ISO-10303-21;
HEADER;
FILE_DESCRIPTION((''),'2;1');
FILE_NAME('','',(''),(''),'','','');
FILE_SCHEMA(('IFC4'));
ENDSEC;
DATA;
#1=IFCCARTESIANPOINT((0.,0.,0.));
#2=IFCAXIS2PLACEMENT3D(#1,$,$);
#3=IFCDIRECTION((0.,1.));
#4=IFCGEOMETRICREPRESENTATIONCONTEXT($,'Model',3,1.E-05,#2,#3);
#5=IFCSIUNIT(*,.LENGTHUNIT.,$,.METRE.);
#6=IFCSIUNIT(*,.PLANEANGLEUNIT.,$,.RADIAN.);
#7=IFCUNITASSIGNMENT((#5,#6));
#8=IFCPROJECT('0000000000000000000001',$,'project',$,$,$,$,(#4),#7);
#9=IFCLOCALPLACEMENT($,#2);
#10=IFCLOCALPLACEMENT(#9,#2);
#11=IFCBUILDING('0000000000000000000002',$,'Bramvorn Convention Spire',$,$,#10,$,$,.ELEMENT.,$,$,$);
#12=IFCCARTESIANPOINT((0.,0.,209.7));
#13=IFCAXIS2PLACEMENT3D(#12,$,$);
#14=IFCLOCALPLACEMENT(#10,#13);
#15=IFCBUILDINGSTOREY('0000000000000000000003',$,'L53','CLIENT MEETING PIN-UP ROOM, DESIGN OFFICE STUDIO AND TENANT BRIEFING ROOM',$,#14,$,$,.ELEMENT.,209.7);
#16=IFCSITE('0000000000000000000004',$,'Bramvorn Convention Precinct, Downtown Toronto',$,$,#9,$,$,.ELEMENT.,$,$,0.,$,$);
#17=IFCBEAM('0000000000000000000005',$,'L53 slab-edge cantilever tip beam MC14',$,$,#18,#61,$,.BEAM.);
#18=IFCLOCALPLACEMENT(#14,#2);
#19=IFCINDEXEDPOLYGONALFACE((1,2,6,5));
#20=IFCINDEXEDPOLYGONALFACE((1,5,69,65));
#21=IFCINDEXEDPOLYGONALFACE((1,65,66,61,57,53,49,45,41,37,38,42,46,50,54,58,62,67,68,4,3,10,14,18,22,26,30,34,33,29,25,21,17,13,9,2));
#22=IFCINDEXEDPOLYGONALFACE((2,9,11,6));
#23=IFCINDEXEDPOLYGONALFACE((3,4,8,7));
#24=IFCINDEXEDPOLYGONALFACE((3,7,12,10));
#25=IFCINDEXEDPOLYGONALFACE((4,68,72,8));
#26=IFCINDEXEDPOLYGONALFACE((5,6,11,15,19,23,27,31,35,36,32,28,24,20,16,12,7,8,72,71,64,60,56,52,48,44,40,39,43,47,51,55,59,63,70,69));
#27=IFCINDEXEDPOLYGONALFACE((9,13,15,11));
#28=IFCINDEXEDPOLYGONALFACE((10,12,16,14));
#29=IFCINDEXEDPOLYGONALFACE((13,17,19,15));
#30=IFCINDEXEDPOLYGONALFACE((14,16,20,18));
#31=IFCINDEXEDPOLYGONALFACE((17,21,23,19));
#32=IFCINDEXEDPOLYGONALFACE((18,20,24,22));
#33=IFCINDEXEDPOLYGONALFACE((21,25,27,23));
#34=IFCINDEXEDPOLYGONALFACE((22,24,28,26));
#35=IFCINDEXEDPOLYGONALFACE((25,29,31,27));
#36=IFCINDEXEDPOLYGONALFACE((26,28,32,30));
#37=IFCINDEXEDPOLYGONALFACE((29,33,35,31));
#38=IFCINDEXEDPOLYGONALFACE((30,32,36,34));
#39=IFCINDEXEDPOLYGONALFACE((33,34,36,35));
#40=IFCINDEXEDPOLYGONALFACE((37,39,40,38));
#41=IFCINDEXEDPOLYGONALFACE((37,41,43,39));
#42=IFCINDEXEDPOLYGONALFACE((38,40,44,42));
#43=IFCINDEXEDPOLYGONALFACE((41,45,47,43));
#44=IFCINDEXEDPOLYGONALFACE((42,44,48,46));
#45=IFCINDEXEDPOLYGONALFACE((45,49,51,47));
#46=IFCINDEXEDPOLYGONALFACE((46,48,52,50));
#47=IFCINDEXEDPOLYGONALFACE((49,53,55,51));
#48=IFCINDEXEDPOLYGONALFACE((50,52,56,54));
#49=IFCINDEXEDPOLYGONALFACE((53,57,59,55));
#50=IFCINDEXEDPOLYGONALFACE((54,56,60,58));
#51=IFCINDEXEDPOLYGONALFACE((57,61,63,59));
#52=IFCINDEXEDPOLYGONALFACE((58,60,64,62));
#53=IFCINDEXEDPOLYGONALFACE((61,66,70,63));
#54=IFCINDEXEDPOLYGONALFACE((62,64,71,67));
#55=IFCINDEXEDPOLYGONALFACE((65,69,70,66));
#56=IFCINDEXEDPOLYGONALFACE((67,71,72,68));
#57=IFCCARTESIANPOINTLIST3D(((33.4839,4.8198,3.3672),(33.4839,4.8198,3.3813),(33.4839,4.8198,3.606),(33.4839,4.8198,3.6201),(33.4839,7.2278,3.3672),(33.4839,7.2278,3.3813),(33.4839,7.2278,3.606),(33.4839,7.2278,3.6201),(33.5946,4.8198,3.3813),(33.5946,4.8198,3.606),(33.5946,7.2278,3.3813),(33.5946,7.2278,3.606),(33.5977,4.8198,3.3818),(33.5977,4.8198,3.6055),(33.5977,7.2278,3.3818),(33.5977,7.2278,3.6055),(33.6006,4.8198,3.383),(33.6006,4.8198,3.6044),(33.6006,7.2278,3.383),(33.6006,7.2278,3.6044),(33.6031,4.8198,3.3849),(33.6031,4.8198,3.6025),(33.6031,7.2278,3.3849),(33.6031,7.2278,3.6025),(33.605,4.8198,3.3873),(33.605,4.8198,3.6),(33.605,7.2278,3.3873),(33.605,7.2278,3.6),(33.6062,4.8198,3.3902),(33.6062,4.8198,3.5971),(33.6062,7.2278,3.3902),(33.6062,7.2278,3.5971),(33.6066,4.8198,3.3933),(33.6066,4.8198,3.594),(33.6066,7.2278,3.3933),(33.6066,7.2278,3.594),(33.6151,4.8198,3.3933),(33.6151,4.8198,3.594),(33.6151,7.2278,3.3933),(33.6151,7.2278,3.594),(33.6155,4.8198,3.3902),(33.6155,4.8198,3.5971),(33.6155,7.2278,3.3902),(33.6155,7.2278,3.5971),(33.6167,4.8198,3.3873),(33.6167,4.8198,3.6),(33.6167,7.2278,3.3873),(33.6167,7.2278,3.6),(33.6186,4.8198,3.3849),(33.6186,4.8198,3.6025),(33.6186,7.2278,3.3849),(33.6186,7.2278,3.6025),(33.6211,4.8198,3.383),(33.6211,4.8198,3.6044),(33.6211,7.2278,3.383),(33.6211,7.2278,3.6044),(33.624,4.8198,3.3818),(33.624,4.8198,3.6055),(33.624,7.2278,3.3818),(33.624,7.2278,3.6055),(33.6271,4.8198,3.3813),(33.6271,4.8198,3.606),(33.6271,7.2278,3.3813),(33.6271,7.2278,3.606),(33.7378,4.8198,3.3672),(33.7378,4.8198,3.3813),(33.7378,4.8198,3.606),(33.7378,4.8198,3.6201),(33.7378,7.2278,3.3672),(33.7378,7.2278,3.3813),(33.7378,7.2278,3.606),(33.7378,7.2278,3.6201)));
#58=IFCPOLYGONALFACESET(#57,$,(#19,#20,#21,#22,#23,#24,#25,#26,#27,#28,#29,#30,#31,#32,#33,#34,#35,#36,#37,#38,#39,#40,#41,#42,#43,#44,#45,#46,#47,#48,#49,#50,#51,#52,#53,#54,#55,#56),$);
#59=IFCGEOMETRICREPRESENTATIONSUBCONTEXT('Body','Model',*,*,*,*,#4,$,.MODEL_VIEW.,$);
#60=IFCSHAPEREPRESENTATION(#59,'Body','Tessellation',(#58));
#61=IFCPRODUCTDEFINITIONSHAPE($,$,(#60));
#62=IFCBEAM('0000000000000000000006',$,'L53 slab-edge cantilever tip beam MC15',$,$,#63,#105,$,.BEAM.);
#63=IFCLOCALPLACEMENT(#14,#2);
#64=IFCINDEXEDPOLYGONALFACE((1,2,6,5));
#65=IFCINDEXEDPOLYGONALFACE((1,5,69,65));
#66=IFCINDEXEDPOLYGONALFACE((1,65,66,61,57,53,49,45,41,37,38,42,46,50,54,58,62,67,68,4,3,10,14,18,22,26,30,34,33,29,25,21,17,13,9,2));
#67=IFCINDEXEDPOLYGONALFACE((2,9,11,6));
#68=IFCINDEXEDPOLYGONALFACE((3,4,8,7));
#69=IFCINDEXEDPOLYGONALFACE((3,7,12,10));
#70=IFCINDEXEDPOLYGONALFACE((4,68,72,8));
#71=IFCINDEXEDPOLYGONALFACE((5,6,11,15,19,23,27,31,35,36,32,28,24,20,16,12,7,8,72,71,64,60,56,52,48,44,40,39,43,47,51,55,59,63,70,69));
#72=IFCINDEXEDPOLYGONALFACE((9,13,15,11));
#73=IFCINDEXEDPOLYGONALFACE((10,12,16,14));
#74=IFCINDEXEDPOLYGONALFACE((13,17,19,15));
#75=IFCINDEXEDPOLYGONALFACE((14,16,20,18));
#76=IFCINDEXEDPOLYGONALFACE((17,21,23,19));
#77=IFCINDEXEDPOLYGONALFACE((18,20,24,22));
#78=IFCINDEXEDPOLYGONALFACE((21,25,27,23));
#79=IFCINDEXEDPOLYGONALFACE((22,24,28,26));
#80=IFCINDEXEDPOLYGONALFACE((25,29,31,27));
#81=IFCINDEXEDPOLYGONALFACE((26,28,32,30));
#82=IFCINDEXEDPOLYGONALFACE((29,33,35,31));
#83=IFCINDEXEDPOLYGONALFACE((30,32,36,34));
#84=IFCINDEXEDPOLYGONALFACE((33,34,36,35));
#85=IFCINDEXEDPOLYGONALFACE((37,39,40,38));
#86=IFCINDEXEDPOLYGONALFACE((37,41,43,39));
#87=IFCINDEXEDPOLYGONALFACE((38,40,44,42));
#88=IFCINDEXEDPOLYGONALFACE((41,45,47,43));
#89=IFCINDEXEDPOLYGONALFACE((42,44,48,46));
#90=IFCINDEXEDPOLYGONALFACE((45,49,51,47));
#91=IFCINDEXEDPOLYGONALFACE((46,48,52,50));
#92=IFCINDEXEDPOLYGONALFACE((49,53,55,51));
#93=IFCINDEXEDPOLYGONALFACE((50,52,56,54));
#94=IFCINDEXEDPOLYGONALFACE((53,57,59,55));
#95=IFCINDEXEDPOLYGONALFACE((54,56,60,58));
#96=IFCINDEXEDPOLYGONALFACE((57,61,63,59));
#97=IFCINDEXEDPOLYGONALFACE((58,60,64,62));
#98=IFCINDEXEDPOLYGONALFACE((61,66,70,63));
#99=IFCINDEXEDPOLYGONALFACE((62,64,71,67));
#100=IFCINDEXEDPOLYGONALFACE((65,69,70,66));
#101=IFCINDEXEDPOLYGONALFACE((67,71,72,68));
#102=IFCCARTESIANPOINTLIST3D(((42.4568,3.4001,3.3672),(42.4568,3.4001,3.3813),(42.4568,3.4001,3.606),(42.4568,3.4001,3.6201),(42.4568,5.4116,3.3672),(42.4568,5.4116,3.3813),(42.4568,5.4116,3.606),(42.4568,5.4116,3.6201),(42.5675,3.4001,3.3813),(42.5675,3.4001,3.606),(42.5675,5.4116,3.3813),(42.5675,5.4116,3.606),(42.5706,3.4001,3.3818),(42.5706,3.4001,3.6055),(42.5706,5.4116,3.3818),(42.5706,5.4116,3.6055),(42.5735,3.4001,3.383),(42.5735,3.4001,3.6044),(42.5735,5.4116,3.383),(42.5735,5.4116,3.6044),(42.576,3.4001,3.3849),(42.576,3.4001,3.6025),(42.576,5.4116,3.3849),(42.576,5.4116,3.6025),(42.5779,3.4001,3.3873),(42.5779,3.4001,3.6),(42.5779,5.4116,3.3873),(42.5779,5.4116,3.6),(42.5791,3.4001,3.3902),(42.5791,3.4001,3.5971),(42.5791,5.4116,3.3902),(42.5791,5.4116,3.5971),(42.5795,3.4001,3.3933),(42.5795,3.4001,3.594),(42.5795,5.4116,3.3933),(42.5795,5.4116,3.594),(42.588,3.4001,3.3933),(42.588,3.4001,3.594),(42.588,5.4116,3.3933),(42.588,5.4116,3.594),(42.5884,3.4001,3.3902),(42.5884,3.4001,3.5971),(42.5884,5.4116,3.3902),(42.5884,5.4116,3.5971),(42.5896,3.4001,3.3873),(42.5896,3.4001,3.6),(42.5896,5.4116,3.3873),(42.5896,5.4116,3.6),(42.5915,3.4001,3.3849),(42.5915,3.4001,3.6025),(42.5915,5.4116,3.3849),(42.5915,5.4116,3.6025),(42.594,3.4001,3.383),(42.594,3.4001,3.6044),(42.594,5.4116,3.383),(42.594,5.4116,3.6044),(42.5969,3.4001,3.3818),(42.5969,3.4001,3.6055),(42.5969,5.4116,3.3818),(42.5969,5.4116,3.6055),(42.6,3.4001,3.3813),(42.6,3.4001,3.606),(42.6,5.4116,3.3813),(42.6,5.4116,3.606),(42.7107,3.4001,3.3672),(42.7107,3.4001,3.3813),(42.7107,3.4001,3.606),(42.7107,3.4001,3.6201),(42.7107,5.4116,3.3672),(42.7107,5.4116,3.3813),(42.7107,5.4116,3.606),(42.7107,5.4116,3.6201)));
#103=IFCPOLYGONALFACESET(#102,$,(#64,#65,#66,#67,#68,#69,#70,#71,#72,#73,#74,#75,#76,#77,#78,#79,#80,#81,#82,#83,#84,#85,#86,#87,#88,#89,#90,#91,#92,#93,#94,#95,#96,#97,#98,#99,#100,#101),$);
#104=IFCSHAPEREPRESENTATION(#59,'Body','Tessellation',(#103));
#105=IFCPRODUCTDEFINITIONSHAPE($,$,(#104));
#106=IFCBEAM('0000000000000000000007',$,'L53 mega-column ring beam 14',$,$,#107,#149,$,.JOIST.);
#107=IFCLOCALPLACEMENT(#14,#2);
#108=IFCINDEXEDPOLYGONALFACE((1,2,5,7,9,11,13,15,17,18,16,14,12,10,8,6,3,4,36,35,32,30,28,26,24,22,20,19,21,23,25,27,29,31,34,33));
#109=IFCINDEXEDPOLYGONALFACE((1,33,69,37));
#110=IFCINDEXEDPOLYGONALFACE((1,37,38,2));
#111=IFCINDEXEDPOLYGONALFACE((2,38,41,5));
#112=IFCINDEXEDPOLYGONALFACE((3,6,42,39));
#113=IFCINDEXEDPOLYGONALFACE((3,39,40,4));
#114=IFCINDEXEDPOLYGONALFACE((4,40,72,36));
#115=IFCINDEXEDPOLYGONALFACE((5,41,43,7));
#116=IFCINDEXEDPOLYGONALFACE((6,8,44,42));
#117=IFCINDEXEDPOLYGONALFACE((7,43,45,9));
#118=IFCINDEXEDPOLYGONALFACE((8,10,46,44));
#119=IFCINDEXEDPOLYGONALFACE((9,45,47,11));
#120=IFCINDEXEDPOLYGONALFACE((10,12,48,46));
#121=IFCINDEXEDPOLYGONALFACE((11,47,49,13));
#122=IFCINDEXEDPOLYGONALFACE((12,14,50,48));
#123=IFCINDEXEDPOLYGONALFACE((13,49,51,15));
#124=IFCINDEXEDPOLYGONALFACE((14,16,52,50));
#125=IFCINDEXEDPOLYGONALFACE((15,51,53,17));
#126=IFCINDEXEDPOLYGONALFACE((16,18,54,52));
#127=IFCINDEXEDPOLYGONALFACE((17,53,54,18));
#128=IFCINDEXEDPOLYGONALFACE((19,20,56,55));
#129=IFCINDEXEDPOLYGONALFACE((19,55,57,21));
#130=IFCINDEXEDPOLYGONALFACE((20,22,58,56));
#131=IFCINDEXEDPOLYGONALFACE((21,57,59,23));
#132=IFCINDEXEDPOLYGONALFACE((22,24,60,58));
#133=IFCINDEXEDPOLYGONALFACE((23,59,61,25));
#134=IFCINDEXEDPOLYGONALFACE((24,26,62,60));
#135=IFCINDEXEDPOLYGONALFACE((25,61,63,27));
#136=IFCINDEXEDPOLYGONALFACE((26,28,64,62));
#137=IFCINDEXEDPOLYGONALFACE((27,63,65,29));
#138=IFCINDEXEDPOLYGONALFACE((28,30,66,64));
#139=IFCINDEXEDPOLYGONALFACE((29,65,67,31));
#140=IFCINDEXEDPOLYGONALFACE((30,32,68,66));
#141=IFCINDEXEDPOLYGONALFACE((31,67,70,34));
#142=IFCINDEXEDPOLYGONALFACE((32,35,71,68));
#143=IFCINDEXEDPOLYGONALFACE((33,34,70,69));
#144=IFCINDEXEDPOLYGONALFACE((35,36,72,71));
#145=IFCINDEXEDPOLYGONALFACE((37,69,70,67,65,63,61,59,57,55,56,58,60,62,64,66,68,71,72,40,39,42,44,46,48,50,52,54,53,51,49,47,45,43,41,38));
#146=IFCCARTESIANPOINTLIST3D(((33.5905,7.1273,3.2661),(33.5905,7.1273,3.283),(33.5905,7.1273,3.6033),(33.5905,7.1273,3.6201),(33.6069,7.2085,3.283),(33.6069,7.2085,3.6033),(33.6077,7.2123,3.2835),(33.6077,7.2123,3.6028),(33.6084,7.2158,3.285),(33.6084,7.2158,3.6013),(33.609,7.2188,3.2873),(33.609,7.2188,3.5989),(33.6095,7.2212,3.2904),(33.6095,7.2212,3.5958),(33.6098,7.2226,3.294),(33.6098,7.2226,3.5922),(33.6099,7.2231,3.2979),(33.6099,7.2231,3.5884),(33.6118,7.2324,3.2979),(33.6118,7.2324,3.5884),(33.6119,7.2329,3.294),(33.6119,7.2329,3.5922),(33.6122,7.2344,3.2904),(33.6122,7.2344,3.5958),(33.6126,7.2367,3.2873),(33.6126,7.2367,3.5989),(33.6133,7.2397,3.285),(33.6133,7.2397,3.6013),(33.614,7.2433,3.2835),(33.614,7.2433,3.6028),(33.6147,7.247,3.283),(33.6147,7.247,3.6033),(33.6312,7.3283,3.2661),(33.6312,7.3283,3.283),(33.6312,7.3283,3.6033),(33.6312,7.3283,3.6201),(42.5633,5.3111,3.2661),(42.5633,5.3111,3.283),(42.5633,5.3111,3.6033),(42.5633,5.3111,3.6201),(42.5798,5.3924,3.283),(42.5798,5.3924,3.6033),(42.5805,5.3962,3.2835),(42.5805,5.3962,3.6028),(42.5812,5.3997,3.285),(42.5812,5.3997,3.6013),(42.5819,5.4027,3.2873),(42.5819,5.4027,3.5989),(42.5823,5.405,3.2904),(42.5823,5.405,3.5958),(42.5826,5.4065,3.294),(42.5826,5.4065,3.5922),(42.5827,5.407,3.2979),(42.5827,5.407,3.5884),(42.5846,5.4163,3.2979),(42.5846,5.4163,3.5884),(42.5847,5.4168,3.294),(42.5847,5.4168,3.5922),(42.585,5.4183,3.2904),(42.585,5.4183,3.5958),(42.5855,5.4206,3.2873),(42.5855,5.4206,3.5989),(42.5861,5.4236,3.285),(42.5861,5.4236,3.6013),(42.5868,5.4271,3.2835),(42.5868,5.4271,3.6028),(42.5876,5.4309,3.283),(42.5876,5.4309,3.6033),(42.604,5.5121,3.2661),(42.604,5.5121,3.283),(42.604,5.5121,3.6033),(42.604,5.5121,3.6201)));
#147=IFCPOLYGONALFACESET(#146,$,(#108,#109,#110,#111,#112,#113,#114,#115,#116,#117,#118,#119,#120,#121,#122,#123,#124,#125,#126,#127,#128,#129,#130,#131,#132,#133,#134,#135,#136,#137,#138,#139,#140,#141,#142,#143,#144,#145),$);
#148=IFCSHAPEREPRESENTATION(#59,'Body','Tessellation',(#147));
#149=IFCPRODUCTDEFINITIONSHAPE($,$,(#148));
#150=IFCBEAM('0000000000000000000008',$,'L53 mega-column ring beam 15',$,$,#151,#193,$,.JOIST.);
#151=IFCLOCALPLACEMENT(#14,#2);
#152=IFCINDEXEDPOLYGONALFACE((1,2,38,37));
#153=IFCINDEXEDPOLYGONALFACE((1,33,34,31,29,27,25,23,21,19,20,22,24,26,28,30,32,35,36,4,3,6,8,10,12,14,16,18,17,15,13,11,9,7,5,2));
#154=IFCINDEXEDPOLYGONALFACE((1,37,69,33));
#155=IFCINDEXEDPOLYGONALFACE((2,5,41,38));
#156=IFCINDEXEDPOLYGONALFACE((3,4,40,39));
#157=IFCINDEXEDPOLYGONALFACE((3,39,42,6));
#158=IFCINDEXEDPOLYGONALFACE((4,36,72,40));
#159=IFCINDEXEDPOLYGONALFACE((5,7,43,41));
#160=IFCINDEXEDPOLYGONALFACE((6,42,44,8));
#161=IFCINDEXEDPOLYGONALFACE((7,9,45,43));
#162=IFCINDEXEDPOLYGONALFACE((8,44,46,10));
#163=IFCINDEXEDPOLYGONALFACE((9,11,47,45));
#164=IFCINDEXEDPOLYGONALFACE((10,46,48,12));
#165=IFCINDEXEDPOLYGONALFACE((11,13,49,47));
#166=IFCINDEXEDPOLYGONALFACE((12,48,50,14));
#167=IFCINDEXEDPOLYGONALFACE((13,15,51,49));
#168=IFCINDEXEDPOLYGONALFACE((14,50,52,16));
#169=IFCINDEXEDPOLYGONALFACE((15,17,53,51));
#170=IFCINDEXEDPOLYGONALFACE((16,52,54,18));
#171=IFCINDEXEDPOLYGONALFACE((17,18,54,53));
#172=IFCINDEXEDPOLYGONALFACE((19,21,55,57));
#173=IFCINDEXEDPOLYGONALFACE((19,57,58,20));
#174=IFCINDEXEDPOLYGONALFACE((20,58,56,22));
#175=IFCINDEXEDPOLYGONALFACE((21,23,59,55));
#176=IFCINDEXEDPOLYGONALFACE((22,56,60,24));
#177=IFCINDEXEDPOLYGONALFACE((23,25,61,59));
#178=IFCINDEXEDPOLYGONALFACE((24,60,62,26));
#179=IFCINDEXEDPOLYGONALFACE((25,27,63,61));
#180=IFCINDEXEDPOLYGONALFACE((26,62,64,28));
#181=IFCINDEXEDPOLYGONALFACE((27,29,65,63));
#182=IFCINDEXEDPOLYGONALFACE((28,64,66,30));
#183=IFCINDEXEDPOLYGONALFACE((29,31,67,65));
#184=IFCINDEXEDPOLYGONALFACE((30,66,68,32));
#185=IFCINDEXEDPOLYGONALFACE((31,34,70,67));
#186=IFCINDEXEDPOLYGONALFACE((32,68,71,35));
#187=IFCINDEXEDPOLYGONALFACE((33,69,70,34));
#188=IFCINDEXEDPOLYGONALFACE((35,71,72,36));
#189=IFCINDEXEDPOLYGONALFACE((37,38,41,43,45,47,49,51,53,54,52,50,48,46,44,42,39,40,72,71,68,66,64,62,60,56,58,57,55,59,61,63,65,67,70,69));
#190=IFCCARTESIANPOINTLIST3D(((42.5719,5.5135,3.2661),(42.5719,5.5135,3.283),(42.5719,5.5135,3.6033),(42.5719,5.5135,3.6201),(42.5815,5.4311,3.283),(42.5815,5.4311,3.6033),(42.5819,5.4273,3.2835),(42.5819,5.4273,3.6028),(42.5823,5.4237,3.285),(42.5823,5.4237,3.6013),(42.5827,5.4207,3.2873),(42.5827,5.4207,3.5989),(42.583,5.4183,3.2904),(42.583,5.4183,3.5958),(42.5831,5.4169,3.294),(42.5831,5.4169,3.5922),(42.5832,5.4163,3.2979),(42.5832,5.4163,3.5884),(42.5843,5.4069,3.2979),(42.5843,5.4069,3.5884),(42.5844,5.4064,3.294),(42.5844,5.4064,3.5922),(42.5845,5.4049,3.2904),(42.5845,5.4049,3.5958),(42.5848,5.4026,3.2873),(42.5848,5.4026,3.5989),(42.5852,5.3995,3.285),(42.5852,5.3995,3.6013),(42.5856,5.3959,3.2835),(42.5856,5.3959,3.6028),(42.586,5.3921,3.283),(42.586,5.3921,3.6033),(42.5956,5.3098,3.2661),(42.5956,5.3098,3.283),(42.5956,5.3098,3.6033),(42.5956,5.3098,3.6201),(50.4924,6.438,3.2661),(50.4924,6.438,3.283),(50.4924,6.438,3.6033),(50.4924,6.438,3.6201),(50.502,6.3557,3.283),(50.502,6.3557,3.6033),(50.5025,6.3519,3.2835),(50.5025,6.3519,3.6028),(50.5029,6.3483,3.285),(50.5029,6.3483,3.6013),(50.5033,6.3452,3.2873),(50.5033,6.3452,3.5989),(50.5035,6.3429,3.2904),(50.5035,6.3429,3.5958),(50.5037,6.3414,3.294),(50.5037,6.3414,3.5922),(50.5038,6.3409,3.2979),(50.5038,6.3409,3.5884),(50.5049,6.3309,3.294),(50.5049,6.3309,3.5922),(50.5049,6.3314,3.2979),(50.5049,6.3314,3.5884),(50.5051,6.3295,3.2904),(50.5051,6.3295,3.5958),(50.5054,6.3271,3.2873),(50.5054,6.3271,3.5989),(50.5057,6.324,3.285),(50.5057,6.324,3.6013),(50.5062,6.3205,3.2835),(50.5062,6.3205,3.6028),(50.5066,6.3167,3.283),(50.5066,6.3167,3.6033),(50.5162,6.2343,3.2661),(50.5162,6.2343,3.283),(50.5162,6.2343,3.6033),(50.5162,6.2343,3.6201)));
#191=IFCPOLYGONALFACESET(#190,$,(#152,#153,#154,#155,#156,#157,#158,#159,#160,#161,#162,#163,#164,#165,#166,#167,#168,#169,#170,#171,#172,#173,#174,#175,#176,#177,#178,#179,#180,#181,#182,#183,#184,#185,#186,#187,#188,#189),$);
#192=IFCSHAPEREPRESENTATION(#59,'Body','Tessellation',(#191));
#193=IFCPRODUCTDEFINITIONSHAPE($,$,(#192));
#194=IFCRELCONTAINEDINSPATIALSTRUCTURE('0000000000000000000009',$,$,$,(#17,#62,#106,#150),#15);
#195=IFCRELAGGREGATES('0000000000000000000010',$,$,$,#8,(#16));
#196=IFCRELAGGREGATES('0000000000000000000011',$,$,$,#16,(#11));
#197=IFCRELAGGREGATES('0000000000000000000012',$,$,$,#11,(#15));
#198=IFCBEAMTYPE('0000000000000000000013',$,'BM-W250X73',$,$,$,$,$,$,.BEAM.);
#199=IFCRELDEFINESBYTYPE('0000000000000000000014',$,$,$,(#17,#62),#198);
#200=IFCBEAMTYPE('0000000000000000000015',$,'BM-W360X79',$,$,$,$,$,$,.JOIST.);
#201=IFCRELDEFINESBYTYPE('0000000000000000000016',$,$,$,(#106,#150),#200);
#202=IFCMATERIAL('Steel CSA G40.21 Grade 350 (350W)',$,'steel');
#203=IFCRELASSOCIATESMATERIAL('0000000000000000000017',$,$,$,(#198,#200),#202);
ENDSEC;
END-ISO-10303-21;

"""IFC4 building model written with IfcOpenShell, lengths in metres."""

from ifc_helpers import new_model, si_unit, direction, frame, origin, origin_2d, place, context, subcontext, project, spatial, i_section, extrude, material, material_profile, profile_set, type_object, element, save


model = new_model("IFC4")

# Units and contexts
model_context = context("Model", 3, precision=1e-05, world=origin(), true_north=direction((0.0, 1.0)))
body_context = subcontext(model_context, "Body", "Model", "MODEL_VIEW")
ifc_project = project(units=[si_unit("LENGTHUNIT", "METRE"), si_unit("PLANEANGLEUNIT", "RADIAN")], contexts=[model_context])

# Site, building, storey
site_placement = place(None, origin())
site = spatial("IfcSite", under=ifc_project, at=site_placement, Name="Bramvorn Convention Precinct, Downtown Toronto", CompositionType="ELEMENT", RefElevation=0.0)
building_placement = place(site_placement, origin())
building = spatial("IfcBuilding", under=site, at=building_placement, Name="Bramvorn Convention Spire", CompositionType="ELEMENT")
storey_placement = place(building_placement, frame((0.0, 0.0, 209.7)))
storey = spatial("IfcBuildingStorey", under=building, at=storey_placement, Name="L53", Description="CLIENT MEETING PIN-UP ROOM, DESIGN OFFICE STUDIO AND TENANT BRIEFING ROOM", CompositionType="ELEMENT", Elevation=209.7)

# Shared definitions
ifc_material_1 = material(Name="Steel CSA G40.21 Grade 350 (350W)", Category="steel")

# Beams
ifc_material_profile_1 = material_profile(ifc_material_1, i_section(OverallWidth=0.2539, OverallDepth=0.2529, WebThickness=0.0085, FlangeThickness=0.0142, FilletRadius=0.012, at=origin_2d()))
ifc_profile_set_1 = profile_set([ifc_material_profile_1], Name="Steel CSA G40.21 Grade 350 (350W) - W250X73")
beam_type_1 = type_object("IfcBeamType", Name="BM-W250X73", PredefinedType="BEAM", material=ifc_profile_set_1)
beam_1_placement = place(storey_placement, frame((33.6108, 7.2278, 3.4937), z_axis=(0.0, -1.0, 0.0), x_axis=(1.0, 0.0, 0.0)))
element("IfcBeam", 1, at=beam_1_placement, inside=storey, type_object=beam_type_1, Name="L53 slab-edge cantilever tip beam MC14", PredefinedType="BEAM", context=body_context, shape_type="SweptSolid", body=[
    extrude(i_section(OverallWidth=0.2539, OverallDepth=0.2529, WebThickness=0.0085, FlangeThickness=0.0142, FilletRadius=0.012, at=origin_2d()), origin(), (0.0, 0.0, 1.0), 2.408),
])
beam_2_placement = place(storey_placement, frame((42.5837, 5.4116, 3.4937), z_axis=(0.0, -1.0, 0.0), x_axis=(1.0, 0.0, 0.0)))
element("IfcBeam", 2, at=beam_2_placement, inside=storey, type_object=beam_type_1, Name="L53 slab-edge cantilever tip beam MC15", PredefinedType="BEAM", context=body_context, shape_type="SweptSolid", body=[
    extrude(i_section(OverallWidth=0.2539, OverallDepth=0.2529, WebThickness=0.0085, FlangeThickness=0.0142, FilletRadius=0.012, at=origin_2d()), origin(), (0.0, 0.0, 1.0), 2.0115),
])
ifc_material_profile_2 = material_profile(ifc_material_1, i_section(OverallWidth=0.2051, OverallDepth=0.354, WebThickness=0.0095, FlangeThickness=0.0168, FilletRadius=0.0149, at=origin_2d()))
ifc_profile_set_2 = profile_set([ifc_material_profile_2], Name="Steel CSA G40.21 Grade 350 (350W) - W360X79")
beam_type_2 = type_object("IfcBeamType", Name="BM-W360X79", PredefinedType="JOIST", material=ifc_profile_set_2)
beam_3_placement = place(storey_placement, frame((33.6108, 7.2278, 3.4431), z_axis=(0.980125, -0.198382, 0.0), x_axis=(0.198382, 0.980125, 0.0)))
element("IfcBeam", 3, at=beam_3_placement, inside=storey, type_object=beam_type_2, Name="L53 mega-column ring beam 14", PredefinedType="JOIST", context=body_context, shape_type="SweptSolid", body=[
    extrude(i_section(OverallWidth=0.2051, OverallDepth=0.354, WebThickness=0.0095, FlangeThickness=0.0168, FilletRadius=0.0149, at=origin_2d()), origin(), (0.0, 0.0, 1.0), 9.1548),
])
beam_4_placement = place(storey_placement, frame((42.5837, 5.4116, 3.4431), z_axis=(0.993256, 0.115941, 0.0), x_axis=(-0.115941, 0.993256, 0.0)))
element("IfcBeam", 4, at=beam_4_placement, inside=storey, type_object=beam_type_2, Name="L53 mega-column ring beam 15", PredefinedType="JOIST", context=body_context, shape_type="SweptSolid", body=[
    extrude(i_section(OverallWidth=0.2051, OverallDepth=0.354, WebThickness=0.0095, FlangeThickness=0.0168, FilletRadius=0.0149, at=origin_2d()), origin(), (0.0, 0.0, 1.0), 7.9744),
])

save(model, "model.ifc")
